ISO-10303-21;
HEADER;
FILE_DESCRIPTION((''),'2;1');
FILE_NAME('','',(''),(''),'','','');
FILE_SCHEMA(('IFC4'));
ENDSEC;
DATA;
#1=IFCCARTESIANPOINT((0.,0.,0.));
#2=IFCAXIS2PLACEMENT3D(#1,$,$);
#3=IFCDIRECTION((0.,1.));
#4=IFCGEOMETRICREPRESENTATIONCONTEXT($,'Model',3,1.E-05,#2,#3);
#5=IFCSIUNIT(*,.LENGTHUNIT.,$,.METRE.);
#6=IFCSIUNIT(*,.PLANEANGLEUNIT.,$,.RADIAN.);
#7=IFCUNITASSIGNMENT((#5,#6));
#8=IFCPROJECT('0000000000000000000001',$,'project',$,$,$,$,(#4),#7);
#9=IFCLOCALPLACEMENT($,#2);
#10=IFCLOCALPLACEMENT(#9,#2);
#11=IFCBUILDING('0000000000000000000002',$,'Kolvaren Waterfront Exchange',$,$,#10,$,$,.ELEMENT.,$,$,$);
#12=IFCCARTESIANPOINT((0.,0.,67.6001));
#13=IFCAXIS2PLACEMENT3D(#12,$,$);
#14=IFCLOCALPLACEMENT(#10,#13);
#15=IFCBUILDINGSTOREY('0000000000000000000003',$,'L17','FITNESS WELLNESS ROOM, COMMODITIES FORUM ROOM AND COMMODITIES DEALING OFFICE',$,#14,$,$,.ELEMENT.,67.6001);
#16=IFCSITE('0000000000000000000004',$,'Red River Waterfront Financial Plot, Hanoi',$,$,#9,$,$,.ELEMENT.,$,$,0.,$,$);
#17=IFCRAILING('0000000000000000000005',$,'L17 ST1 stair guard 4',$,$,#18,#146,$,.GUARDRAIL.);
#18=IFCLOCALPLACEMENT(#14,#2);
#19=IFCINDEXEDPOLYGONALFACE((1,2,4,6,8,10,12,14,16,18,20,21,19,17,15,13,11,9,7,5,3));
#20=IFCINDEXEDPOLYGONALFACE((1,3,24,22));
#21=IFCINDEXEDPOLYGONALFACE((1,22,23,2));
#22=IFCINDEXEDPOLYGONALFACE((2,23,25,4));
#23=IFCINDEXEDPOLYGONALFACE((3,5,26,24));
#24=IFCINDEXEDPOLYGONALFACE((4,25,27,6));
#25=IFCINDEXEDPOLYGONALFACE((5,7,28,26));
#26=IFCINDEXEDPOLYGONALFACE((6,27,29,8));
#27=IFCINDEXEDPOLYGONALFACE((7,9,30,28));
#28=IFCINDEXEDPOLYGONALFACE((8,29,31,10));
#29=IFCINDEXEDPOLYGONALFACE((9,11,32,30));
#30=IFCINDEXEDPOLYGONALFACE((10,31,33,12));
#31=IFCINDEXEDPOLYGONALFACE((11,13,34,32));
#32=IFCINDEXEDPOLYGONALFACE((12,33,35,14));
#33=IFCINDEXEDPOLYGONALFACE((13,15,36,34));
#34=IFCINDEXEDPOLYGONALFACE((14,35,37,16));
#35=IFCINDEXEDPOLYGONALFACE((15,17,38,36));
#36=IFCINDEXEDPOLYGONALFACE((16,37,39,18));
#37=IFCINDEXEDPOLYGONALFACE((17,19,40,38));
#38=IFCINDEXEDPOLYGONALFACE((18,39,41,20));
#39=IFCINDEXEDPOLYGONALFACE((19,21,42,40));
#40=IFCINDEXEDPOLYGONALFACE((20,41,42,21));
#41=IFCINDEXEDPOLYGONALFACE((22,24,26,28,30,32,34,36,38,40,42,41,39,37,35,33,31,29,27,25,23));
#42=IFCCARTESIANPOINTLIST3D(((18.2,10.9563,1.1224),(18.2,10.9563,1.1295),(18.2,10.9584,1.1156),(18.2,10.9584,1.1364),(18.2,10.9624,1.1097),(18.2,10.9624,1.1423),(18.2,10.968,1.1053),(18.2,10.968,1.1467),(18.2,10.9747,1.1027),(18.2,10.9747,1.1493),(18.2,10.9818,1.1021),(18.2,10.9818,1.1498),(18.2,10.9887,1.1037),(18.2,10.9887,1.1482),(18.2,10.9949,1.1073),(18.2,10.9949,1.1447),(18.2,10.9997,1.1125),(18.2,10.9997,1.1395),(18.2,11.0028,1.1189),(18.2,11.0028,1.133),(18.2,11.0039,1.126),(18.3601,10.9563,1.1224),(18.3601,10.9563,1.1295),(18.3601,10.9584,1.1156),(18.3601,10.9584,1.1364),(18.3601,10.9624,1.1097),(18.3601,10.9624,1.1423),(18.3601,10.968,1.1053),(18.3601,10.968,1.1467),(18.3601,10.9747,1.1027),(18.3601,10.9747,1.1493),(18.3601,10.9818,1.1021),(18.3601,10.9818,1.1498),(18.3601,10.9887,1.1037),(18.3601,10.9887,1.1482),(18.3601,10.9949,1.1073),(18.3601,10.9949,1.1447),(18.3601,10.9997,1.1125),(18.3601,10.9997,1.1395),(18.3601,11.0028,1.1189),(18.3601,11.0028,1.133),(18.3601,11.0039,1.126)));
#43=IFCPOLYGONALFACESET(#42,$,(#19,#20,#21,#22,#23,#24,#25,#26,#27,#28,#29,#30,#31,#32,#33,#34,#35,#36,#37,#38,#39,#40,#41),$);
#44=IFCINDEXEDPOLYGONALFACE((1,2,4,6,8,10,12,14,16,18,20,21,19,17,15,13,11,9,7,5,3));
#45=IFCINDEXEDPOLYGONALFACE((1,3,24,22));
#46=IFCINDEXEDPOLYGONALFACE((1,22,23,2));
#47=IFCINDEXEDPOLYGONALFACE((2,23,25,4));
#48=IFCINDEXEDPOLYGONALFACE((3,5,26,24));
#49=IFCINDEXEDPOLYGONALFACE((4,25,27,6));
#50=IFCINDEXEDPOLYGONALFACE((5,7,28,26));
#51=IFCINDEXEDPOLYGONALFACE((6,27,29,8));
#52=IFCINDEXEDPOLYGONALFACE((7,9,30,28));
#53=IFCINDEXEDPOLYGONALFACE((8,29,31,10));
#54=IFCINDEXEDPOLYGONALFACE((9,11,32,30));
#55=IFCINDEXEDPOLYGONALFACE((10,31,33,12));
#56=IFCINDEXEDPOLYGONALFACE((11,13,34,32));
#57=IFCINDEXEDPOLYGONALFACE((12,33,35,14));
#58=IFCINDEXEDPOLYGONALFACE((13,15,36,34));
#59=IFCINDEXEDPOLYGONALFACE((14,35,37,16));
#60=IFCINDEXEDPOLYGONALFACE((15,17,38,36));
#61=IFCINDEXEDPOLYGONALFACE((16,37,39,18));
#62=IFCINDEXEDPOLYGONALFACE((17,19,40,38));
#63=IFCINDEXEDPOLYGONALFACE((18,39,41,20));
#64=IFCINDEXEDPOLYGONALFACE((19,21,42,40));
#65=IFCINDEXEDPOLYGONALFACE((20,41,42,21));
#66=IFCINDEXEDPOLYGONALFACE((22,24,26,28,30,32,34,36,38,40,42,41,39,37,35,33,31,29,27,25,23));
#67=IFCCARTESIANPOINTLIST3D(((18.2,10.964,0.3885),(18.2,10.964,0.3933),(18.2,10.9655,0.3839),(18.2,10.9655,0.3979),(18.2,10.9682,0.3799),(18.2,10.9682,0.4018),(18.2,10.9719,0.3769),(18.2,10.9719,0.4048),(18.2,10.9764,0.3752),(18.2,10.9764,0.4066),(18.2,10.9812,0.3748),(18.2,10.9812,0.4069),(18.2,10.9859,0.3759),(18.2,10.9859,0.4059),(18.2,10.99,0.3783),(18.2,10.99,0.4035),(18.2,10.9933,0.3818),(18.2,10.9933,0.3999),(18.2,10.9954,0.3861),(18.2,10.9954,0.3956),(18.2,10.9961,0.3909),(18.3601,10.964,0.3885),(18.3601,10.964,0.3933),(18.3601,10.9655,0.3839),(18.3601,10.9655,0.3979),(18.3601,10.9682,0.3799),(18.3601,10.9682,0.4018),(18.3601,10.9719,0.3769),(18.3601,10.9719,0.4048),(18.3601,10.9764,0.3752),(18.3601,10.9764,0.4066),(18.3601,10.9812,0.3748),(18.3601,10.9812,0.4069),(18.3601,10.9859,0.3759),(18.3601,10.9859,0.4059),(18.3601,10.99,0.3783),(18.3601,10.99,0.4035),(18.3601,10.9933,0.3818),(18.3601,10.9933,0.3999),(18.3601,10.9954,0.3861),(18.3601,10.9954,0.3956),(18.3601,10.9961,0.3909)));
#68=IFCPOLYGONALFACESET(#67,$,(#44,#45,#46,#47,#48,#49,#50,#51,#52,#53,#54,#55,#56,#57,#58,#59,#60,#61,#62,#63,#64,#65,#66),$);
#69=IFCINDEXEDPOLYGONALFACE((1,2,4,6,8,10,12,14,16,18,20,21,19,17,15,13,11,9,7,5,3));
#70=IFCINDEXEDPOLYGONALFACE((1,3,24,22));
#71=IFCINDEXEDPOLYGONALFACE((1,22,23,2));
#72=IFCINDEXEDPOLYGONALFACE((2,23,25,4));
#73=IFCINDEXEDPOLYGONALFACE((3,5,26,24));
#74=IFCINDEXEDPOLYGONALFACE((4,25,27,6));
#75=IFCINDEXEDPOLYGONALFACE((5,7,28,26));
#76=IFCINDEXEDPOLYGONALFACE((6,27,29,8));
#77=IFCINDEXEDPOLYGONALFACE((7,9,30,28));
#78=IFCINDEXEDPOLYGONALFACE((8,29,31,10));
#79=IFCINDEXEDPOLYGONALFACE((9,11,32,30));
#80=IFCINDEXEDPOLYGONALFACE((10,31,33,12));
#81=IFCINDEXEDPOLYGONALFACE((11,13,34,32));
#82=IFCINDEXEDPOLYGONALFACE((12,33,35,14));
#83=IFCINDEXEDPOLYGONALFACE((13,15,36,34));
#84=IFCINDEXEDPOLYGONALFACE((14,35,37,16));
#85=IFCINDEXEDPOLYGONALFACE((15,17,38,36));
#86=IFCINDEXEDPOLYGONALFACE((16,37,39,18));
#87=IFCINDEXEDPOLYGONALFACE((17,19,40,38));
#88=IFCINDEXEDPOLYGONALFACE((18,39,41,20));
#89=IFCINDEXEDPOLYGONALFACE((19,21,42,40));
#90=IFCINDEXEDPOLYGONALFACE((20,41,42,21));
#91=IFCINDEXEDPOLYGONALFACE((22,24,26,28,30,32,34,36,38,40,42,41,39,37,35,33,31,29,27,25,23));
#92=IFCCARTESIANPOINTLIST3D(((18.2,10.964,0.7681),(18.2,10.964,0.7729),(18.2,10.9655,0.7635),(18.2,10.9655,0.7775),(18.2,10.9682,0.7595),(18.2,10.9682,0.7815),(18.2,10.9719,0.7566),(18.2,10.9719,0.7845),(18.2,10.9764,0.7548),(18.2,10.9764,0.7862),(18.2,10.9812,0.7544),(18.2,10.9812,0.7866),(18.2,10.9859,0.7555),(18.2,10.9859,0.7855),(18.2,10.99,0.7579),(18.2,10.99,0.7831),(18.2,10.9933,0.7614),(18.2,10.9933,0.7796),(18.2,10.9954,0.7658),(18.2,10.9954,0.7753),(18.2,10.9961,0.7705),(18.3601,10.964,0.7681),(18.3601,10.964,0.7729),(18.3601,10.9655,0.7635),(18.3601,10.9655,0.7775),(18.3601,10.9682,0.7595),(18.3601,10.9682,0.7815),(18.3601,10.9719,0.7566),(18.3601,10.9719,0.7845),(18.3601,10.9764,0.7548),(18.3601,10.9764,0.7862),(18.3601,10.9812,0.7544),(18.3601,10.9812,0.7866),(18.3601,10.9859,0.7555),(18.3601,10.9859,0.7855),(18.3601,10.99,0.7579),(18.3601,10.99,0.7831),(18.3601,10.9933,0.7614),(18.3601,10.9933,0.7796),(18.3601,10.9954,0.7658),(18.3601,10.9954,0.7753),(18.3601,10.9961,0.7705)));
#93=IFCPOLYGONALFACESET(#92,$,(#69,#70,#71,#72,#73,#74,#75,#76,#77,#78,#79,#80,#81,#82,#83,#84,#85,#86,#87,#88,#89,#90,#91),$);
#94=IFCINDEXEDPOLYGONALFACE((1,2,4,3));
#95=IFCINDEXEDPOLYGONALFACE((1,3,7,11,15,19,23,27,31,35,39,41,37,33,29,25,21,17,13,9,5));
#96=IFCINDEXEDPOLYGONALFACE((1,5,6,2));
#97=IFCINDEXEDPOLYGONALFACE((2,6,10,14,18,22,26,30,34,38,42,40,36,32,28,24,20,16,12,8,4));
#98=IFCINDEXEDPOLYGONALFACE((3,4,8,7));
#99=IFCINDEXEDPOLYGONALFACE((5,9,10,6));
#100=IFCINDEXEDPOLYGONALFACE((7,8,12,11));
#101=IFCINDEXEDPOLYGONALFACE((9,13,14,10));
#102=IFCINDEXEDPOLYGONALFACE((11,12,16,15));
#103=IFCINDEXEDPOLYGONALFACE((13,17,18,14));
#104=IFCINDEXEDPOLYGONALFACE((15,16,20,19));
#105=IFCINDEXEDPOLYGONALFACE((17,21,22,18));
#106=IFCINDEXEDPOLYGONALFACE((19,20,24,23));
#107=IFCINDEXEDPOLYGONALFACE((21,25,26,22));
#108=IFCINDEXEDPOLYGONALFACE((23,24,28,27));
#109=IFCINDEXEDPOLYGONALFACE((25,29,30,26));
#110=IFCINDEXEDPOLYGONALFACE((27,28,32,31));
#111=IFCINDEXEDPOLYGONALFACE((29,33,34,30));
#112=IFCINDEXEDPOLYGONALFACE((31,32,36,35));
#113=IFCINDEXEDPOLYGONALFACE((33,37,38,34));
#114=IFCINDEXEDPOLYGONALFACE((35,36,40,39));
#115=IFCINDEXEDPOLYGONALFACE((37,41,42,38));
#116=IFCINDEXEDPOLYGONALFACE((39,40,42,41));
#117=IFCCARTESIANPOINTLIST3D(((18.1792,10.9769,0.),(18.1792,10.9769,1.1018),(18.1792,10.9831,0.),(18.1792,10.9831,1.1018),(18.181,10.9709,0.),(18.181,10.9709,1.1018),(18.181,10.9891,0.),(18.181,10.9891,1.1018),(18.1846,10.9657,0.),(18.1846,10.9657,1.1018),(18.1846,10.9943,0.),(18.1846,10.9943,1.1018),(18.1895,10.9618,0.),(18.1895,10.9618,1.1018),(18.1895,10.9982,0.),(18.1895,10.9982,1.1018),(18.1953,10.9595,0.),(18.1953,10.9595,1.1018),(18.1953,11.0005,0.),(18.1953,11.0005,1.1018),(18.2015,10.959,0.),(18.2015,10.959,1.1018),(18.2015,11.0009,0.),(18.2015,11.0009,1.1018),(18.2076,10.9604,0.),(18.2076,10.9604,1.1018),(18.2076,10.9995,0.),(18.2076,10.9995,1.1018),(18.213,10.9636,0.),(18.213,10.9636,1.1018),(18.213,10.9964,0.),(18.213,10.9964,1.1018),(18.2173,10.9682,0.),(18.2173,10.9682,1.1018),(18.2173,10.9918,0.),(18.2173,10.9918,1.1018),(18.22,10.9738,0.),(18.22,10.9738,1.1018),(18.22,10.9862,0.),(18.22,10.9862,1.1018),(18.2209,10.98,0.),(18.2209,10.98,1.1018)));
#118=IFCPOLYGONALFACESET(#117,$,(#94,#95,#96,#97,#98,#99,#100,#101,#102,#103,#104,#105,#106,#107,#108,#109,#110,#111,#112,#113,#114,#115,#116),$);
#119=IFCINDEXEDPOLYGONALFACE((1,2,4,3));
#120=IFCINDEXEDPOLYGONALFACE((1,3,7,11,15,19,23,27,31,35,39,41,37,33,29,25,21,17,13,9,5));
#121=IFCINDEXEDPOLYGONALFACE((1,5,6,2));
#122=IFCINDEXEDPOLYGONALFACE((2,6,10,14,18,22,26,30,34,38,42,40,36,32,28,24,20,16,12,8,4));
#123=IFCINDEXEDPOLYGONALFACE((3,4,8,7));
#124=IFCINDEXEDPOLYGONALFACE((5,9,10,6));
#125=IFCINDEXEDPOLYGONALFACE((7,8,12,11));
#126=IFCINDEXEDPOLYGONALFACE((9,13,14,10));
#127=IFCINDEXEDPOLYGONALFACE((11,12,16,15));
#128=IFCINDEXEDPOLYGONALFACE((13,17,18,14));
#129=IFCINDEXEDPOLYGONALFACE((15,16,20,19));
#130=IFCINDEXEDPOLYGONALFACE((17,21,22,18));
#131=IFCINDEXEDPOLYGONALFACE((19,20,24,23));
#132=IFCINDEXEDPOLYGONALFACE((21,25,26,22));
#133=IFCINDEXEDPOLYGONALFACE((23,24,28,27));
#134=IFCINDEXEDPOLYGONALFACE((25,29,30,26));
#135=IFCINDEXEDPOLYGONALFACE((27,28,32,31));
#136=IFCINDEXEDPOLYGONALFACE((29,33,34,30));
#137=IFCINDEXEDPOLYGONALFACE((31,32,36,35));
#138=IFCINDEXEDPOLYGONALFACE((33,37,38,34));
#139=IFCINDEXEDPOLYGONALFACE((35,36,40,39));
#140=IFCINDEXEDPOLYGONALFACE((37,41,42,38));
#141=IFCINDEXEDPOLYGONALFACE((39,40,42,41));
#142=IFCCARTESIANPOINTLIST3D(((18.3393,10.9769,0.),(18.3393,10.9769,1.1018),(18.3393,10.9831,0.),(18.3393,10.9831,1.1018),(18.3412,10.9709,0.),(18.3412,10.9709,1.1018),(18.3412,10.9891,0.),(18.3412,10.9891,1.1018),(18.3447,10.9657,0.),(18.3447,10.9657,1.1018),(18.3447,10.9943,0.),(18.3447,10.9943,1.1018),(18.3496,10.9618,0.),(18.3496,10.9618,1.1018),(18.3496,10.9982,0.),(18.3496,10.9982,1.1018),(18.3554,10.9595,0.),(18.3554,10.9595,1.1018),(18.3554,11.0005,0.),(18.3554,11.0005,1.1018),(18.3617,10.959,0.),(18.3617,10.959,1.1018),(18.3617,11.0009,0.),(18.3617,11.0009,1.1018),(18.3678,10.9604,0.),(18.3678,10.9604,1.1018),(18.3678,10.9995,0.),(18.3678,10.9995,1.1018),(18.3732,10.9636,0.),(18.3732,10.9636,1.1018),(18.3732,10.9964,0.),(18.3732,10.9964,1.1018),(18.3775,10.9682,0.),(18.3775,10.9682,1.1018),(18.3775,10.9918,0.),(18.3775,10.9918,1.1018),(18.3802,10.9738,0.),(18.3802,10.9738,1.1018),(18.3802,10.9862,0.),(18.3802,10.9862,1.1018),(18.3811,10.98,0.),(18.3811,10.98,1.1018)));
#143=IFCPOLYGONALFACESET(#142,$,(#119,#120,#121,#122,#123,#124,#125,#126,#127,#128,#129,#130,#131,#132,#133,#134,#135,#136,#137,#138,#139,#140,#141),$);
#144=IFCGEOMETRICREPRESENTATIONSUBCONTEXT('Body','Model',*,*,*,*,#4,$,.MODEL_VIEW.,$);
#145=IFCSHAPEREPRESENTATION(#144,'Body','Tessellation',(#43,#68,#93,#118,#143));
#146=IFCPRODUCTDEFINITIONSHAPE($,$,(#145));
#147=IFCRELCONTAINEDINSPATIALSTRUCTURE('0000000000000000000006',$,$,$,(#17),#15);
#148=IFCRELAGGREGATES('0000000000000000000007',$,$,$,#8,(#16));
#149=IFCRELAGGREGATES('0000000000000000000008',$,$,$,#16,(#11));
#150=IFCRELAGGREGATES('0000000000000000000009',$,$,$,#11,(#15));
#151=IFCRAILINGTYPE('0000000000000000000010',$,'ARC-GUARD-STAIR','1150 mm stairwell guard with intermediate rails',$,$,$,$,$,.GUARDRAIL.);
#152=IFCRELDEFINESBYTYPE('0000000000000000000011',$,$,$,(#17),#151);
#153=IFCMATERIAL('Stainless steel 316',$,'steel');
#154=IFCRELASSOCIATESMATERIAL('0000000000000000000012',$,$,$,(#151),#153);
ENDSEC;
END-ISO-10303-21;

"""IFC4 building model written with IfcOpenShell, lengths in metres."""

from ifc_helpers import new_model, si_unit, direction, frame, origin, origin_2d, place, context, subcontext, project, spatial, circle, extrude, material, type_object, element, save


model = new_model("IFC4")

# Units and contexts
model_context = context("Model", 3, precision=1e-05, world=origin(), true_north=direction((0.0, 1.0)))
body_context = subcontext(model_context, "Body", "Model", "MODEL_VIEW")
ifc_project = project(units=[si_unit("LENGTHUNIT", "METRE"), si_unit("PLANEANGLEUNIT", "RADIAN")], contexts=[model_context])

# Site, building, storey
site_placement = place(None, origin())
site = spatial("IfcSite", under=ifc_project, at=site_placement, Name="Red River Waterfront Financial Plot, Hanoi", CompositionType="ELEMENT", RefElevation=0.0)
building_placement = place(site_placement, origin())
building = spatial("IfcBuilding", under=site, at=building_placement, Name="Kolvaren Waterfront Exchange", CompositionType="ELEMENT")
storey_placement = place(building_placement, frame((0.0, 0.0, 67.6001)))
storey = spatial("IfcBuildingStorey", under=building, at=storey_placement, Name="L17", Description="FITNESS WELLNESS ROOM, COMMODITIES FORUM ROOM AND COMMODITIES DEALING OFFICE", CompositionType="ELEMENT", Elevation=67.6001)

# Railing
ifc_material_1 = material(Name="Stainless steel 316", Category="steel")
railing_type_1 = type_object("IfcRailingType", Name="ARC-GUARD-STAIR", Description="1150 mm stairwell guard with intermediate rails", PredefinedType="GUARDRAIL", material=ifc_material_1)
railing_1_placement = place(storey_placement, frame((18.2, 10.98, 0.0)))
element("IfcRailing", 1, at=railing_1_placement, inside=storey, type_object=railing_type_1, Name="L17 ST1 stair guard 4", PredefinedType="GUARDRAIL", context=body_context, shape_type="SweptSolid", body=[
    extrude(circle(Radius=0.0239, at=origin_2d()), frame((0.0, 0.0, 1.126), z_axis=(1.0, 0.0, 0.0), x_axis=(0.0, 1.0, 0.0)), (0.0, 0.0, 1.0), 0.1602),
    extrude(circle(Radius=0.0161, at=origin_2d()), frame((0.0, 0.0, 0.3909), z_axis=(1.0, 0.0, 0.0), x_axis=(0.0, 1.0, 0.0)), (0.0, 0.0, 1.0), 0.1602),
    extrude(circle(Radius=0.0161, at=origin_2d()), frame((0.0, 0.0, 0.7705), z_axis=(1.0, 0.0, 0.0), x_axis=(0.0, 1.0, 0.0)), (0.0, 0.0, 1.0), 0.1602),
    extrude(circle(Radius=0.021, at=origin_2d()), origin(), (0.0, 0.0, 1.0), 1.1018),
    extrude(circle(Radius=0.021, at=origin_2d()), frame((0.1602, 0.0, 0.0)), (0.0, 0.0, 1.0), 1.1018),
])

save(model, "model.ifc")
